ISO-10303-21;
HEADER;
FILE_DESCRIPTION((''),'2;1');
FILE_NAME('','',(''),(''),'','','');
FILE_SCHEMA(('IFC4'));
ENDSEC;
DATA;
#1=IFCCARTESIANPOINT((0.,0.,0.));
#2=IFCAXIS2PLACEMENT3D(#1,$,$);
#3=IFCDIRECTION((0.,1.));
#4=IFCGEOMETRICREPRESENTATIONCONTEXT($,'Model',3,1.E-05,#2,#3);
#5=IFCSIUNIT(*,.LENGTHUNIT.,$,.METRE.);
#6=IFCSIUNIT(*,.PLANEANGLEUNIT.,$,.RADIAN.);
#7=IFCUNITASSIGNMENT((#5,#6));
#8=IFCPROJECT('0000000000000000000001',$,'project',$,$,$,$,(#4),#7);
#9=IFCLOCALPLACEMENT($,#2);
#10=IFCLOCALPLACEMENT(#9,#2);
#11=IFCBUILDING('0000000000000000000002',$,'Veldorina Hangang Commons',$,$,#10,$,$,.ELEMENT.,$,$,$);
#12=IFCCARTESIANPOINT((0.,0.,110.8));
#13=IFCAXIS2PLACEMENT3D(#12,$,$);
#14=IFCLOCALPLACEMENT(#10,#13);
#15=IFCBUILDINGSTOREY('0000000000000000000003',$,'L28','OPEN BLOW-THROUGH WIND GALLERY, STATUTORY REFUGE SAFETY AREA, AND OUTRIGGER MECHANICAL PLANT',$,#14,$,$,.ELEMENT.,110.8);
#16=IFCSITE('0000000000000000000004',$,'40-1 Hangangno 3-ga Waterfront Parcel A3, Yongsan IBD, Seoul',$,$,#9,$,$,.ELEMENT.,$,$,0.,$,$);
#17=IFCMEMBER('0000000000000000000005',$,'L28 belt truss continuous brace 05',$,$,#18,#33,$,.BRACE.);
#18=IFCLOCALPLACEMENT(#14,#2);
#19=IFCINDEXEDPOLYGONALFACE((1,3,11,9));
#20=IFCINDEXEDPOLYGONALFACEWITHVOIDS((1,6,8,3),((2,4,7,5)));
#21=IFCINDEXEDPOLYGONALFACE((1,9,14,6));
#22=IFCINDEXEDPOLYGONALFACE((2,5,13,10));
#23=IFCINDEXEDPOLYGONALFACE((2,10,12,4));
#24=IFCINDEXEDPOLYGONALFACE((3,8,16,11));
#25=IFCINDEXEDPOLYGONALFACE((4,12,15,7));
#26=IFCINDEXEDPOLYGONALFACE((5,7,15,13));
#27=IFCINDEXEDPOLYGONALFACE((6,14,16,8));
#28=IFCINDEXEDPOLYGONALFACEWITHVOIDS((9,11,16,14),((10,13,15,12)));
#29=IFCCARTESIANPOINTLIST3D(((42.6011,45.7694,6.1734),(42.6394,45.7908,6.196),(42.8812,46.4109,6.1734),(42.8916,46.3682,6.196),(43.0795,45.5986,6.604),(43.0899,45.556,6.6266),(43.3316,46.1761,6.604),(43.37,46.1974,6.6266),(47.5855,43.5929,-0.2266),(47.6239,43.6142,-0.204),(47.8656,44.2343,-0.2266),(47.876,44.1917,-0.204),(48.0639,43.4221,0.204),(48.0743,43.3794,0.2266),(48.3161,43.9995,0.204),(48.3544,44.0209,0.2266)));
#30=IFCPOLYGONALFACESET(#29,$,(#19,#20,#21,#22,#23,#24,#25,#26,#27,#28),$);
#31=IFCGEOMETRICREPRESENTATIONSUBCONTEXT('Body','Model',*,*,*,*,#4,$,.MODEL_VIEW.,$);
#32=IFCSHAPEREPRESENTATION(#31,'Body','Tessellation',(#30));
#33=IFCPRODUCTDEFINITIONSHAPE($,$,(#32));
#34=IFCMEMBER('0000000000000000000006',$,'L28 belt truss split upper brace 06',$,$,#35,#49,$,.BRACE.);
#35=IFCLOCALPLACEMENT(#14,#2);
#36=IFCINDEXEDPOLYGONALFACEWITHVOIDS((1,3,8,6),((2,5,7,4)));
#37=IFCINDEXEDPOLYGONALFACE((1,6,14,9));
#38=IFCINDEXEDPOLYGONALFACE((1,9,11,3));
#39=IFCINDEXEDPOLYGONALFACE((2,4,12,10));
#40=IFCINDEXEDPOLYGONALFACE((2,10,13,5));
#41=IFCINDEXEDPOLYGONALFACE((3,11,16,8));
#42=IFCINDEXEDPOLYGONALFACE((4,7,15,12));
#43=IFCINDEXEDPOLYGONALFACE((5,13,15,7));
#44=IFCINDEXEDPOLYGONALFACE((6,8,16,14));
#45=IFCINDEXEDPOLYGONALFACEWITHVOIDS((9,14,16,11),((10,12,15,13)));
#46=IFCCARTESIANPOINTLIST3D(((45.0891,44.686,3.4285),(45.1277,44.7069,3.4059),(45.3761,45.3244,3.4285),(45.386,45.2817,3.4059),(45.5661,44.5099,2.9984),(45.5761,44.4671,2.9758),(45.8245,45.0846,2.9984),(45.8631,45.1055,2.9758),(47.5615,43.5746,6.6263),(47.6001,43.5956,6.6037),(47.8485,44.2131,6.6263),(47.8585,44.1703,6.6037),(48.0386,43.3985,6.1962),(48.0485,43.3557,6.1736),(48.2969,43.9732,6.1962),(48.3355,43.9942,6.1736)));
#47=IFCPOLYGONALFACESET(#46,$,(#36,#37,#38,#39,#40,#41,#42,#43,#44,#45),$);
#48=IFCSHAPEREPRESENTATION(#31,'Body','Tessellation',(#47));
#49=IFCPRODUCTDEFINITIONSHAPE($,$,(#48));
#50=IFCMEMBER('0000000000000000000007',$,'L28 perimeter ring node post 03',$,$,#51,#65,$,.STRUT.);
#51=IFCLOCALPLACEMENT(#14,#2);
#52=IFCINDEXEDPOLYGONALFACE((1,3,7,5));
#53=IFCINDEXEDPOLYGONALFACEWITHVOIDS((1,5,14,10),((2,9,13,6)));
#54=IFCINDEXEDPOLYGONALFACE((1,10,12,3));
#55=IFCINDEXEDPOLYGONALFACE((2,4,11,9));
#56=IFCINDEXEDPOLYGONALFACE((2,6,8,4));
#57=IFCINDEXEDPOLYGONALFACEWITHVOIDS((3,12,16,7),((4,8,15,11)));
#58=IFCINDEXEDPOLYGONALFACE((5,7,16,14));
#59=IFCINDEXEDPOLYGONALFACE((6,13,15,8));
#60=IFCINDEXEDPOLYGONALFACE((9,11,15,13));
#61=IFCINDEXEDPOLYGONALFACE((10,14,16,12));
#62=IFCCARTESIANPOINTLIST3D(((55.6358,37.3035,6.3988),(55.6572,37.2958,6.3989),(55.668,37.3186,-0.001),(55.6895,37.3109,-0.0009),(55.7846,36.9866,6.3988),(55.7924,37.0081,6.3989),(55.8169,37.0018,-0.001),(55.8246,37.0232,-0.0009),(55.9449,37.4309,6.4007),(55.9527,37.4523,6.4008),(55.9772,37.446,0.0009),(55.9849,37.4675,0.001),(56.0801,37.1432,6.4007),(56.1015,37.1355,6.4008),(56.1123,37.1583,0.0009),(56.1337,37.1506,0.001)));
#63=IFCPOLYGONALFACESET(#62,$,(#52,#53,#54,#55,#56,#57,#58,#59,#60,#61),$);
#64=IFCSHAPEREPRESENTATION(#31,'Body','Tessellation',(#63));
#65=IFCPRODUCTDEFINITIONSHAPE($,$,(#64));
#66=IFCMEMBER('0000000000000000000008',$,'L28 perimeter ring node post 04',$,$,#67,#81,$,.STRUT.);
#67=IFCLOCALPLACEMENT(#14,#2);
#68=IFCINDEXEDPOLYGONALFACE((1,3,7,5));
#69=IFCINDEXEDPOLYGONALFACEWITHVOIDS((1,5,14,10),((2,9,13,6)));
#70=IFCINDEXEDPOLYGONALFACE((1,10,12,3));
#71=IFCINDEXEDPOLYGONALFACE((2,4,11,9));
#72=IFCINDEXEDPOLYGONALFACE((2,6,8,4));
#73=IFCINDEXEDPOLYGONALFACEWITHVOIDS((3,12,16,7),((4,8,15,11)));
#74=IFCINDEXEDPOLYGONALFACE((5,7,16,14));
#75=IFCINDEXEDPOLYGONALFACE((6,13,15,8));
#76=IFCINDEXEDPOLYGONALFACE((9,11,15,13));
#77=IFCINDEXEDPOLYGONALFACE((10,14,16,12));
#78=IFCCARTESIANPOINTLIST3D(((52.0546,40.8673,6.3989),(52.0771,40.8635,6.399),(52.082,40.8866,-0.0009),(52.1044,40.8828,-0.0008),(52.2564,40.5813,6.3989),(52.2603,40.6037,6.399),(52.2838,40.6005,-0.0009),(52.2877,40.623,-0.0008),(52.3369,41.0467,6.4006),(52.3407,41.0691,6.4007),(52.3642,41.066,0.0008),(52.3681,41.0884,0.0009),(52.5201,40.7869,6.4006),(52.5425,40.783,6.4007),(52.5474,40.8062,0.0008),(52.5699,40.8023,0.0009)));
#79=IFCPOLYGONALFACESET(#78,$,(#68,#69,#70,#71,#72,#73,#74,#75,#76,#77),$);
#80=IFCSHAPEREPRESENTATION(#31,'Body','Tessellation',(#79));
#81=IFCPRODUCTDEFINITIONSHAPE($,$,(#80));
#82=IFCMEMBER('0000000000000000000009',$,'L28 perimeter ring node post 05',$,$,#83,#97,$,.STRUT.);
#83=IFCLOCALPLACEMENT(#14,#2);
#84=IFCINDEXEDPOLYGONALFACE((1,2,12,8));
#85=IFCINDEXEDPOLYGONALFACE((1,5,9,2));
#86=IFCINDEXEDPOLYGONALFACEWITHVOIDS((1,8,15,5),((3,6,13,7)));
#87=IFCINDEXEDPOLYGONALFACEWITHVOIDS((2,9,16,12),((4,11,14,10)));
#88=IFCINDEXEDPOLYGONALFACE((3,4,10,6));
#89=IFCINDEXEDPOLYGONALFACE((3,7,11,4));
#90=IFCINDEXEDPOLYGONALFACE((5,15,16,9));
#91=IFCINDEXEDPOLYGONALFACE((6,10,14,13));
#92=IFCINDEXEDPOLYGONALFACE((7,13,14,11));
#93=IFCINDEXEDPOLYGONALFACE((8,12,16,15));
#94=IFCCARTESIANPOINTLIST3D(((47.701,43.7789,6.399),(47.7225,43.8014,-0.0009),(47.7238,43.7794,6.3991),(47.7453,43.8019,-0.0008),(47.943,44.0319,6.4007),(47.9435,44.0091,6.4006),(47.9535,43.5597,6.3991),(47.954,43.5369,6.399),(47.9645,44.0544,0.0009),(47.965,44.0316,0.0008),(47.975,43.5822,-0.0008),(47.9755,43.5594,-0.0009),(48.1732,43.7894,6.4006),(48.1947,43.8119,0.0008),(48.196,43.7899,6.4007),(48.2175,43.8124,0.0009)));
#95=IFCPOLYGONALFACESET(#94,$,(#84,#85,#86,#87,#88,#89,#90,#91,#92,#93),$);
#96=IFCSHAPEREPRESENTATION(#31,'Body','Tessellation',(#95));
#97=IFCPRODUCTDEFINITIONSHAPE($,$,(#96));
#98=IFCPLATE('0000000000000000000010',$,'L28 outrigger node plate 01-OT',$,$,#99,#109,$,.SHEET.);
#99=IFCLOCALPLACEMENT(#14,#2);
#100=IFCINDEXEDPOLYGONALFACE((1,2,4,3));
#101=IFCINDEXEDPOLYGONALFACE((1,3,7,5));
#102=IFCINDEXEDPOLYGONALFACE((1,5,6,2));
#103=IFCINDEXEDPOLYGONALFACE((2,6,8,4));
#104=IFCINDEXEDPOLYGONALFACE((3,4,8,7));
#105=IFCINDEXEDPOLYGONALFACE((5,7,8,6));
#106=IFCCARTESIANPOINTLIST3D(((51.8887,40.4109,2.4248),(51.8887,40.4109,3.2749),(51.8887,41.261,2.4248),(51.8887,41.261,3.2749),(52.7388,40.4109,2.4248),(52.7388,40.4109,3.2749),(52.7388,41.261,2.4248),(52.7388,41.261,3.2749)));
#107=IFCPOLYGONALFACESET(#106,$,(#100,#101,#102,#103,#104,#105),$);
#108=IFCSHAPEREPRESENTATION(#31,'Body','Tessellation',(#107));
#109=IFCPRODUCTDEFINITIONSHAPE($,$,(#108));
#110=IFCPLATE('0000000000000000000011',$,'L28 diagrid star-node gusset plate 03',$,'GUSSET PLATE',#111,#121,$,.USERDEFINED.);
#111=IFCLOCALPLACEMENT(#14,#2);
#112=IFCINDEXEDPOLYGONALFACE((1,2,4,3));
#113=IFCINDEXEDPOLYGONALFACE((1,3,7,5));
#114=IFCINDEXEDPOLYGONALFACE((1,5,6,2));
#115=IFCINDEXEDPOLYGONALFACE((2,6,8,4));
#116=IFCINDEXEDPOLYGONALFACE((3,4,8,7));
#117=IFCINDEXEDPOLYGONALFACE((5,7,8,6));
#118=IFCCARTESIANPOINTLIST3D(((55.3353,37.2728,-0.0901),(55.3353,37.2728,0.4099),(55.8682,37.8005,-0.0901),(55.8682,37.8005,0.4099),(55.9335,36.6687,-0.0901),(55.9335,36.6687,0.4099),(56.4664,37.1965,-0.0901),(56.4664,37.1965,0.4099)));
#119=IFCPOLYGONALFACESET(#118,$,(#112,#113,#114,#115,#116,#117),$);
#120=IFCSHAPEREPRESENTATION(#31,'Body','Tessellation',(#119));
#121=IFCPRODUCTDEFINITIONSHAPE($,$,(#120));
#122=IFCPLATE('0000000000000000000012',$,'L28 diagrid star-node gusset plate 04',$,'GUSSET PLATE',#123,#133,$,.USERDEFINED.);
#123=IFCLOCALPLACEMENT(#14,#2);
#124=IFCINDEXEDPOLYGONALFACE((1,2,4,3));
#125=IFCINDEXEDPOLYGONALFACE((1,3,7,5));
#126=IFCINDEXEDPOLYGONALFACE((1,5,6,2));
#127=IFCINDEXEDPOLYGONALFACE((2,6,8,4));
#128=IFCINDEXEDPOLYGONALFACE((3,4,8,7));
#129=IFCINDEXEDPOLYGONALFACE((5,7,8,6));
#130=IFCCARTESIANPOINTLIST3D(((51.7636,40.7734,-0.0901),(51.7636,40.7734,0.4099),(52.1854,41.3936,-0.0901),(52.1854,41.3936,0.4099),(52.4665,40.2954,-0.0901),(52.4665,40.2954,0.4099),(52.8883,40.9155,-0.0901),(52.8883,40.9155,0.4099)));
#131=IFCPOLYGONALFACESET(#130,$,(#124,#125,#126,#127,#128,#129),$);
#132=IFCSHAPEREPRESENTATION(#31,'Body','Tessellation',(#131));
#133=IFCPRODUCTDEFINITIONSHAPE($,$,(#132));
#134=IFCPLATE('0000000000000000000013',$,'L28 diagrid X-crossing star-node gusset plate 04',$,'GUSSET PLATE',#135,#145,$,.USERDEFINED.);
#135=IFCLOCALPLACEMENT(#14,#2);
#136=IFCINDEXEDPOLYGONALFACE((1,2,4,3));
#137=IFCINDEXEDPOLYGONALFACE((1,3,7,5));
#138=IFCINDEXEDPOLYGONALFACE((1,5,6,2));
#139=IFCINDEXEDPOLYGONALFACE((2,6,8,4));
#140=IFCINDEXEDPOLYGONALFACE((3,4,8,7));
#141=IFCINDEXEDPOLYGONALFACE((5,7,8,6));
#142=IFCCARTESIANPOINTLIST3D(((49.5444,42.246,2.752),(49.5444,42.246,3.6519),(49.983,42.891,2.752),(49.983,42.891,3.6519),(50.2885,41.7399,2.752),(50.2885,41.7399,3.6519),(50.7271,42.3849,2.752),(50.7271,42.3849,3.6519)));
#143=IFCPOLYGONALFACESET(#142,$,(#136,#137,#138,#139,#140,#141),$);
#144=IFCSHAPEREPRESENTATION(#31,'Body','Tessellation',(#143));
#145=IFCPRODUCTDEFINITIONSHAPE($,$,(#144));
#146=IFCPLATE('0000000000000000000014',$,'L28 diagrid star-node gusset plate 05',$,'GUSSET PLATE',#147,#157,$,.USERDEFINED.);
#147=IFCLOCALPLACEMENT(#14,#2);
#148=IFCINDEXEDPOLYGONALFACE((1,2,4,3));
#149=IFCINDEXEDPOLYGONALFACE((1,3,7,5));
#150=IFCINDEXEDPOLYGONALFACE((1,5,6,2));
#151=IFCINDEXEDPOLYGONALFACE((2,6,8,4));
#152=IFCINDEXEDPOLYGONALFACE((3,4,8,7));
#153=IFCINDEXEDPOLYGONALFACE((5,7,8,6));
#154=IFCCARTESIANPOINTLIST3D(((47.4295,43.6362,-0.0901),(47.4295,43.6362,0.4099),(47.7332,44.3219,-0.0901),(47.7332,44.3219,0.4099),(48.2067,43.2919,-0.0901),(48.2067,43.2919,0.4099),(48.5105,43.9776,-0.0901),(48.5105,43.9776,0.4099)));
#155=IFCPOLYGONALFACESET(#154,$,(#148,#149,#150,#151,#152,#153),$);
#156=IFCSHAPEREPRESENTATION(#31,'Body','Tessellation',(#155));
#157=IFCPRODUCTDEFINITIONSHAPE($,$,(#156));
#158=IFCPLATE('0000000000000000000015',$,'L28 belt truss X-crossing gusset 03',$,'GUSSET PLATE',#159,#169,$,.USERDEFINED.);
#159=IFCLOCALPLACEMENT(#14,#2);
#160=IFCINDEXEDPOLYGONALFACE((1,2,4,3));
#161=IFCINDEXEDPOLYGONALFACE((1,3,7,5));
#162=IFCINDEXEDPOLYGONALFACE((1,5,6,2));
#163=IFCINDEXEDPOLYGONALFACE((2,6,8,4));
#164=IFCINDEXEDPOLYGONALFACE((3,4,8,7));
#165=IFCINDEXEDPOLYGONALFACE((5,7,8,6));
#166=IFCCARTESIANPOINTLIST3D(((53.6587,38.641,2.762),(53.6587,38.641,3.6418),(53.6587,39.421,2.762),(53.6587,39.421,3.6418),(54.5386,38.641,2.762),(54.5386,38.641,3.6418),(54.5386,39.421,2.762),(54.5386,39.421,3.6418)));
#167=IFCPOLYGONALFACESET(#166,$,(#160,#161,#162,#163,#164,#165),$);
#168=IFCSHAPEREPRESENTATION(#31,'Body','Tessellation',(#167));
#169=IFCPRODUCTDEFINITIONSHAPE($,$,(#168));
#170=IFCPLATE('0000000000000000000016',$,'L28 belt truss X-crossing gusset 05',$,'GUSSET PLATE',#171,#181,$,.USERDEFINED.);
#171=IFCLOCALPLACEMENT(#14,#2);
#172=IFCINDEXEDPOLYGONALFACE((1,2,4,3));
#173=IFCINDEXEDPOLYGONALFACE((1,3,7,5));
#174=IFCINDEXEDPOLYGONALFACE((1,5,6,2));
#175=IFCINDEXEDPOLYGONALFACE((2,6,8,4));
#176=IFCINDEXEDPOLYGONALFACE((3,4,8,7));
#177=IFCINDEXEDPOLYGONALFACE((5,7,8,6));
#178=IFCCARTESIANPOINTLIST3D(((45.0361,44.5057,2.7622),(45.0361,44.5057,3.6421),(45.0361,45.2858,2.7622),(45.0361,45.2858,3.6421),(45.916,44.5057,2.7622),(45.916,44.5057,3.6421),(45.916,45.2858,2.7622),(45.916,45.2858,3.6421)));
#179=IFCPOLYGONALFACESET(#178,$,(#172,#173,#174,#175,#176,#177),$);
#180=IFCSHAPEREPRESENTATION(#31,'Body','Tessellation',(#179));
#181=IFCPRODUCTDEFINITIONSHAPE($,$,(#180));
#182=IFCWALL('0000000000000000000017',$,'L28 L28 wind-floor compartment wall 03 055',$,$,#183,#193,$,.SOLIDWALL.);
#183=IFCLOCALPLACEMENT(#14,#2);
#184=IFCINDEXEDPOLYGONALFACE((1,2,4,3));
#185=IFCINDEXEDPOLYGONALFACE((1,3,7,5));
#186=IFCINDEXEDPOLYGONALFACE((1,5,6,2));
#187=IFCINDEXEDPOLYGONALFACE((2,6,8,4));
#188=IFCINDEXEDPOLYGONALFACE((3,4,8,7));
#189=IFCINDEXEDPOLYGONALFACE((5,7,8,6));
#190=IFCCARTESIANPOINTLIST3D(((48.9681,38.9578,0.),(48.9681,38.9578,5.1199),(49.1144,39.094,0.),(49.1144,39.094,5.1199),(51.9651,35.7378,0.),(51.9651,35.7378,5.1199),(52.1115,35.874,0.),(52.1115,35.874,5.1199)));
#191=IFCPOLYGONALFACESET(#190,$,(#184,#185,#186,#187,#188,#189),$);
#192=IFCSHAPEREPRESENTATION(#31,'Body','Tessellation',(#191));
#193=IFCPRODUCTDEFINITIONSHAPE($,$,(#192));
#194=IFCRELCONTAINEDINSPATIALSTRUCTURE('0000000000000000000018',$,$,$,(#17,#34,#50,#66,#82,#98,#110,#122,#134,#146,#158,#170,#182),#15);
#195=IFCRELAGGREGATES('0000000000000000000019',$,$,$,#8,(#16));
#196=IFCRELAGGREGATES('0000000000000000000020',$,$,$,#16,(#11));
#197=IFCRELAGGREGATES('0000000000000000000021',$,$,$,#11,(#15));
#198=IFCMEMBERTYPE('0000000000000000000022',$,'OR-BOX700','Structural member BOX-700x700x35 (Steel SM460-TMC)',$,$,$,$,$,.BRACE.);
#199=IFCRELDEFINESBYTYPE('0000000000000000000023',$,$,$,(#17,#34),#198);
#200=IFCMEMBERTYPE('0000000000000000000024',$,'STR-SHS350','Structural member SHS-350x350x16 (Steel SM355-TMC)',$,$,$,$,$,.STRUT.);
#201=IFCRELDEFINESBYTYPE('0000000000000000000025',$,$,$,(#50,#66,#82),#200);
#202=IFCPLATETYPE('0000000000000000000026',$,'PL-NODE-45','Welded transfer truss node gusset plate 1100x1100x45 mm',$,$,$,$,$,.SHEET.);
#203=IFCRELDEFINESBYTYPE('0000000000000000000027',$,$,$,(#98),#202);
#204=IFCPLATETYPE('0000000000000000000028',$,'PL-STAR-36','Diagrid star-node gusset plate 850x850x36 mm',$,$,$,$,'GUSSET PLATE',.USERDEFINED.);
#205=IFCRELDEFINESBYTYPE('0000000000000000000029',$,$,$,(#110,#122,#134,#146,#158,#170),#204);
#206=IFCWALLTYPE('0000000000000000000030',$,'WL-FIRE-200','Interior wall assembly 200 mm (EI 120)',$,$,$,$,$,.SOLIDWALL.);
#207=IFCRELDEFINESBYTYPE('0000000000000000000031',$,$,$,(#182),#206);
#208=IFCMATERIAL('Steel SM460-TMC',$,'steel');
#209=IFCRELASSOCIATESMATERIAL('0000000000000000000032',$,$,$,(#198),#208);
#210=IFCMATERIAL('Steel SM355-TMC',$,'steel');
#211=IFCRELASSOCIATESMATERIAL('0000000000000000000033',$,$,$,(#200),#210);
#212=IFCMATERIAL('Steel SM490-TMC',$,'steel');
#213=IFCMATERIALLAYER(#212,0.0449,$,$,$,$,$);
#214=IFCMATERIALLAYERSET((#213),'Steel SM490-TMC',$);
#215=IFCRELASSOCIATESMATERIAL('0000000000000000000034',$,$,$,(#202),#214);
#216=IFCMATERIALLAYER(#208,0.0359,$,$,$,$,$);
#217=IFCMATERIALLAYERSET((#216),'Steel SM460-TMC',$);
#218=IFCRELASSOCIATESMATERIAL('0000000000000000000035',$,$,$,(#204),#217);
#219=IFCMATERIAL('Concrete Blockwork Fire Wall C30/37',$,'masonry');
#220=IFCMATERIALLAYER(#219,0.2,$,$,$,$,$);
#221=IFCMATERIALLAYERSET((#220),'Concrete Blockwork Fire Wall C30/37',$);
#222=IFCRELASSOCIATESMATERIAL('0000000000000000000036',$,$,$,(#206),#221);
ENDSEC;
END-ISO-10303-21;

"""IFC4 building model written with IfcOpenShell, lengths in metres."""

from ifc_helpers import new_model, si_unit, direction, frame, frame_2d, origin, origin_2d, place, context, subcontext, project, spatial, rectangle, hollow_rectangle, extrude, material, layer, layer_set, material_profile, profile_set, type_object, element, save


model = new_model("IFC4")

# Units and contexts
model_context = context("Model", 3, precision=1e-05, world=origin(), true_north=direction((0.0, 1.0)))
body_context = subcontext(model_context, "Body", "Model", "MODEL_VIEW")
ifc_project = project(units=[si_unit("LENGTHUNIT", "METRE"), si_unit("PLANEANGLEUNIT", "RADIAN")], contexts=[model_context])

# Site, building, storey
site_placement = place(None, origin())
site = spatial("IfcSite", under=ifc_project, at=site_placement, Name="40-1 Hangangno 3-ga Waterfront Parcel A3, Yongsan IBD, Seoul", CompositionType="ELEMENT", RefElevation=0.0)
building_placement = place(site_placement, origin())
building = spatial("IfcBuilding", under=site, at=building_placement, Name="Veldorina Hangang Commons", CompositionType="ELEMENT")
storey_placement = place(building_placement, frame((0.0, 0.0, 110.8)))
storey = spatial("IfcBuildingStorey", under=building, at=storey_placement, Name="L28", Description="OPEN BLOW-THROUGH WIND GALLERY, STATUTORY REFUGE SAFETY AREA, AND OUTRIGGER MECHANICAL PLANT", CompositionType="ELEMENT", Elevation=110.8)

# Shared definitions
ifc_material_1 = material(Name="Steel SM460-TMC", Category="steel")
ifc_material_2 = material(Name="Steel SM355-TMC", Category="steel")

# Members
ifc_material_profile_1 = material_profile(ifc_material_1, hollow_rectangle(XDim=0.7, YDim=0.7, WallThickness=0.0349, at=origin_2d()), Name="BOX-700x700x35")
ifc_profile_set_1 = profile_set([ifc_material_profile_1], Name="Steel SM460-TMC")
member_type_1 = type_object("IfcMemberType", Name="OR-BOX700", Description="Structural member BOX-700x700x35 (Steel SM460-TMC)", PredefinedType="BRACE", material=ifc_profile_set_1)
member_1_placement = place(storey_placement, frame((47.97, 43.8069, 0.0), z_axis=(-0.593462, 0.259146, 0.762001), x_axis=(-0.400178, -0.916437, 0.0)))
element("IfcMember", 1, at=member_1_placement, inside=storey, type_object=member_type_1, Name="L28 belt truss continuous brace 05", PredefinedType="BRACE", context=body_context, shape_type="SweptSolid", body=[
    extrude(hollow_rectangle(XDim=0.7, YDim=0.7, WallThickness=0.0349, at=origin_2d()), origin(), (0.0, 0.0, 1.0), 8.3989),
])
member_2_placement = place(storey_placement, frame((45.4761, 44.8958, 3.2021), z_axis=(0.589782, -0.265102, 0.762809), x_axis=(0.409979, 0.912095, 0.0)))
element("IfcMember", 2, at=member_2_placement, inside=storey, type_object=member_type_1, Name="L28 belt truss split upper brace 06", PredefinedType="BRACE", context=body_context, shape_type="SweptSolid", body=[
    extrude(hollow_rectangle(XDim=0.7, YDim=0.7, WallThickness=0.0349, at=origin_2d()), origin(), (0.0, 0.0, 1.0), 4.1921),
])
ifc_material_profile_2 = material_profile(ifc_material_2, hollow_rectangle(XDim=0.3501, YDim=0.3501, WallThickness=0.0161, at=origin_2d()), Name="SHS-350x350x16")
ifc_profile_set_2 = profile_set([ifc_material_profile_2], Name="Steel SM355-TMC")
member_type_2 = type_object("IfcMemberType", Name="STR-SHS350", Description="Structural member SHS-350x350x16 (Steel SM355-TMC)", PredefinedType="STRUT", material=ifc_profile_set_2)
for number, where, z_axis, x_axis, name in (
    (3, (55.9009, 37.2346, 0.0), (-0.005035, -0.002365, 0.999985), (0.425136, -0.905129, 0.0), "L28 perimeter ring node post 03"),
    (4, (52.3259, 40.8445, 0.0), (-0.004272, -0.003014, 0.999986), (0.576397, -0.81717, 0.0), "L28 perimeter ring node post 04"),
    (5, (47.97, 43.8069, 0.0), (-0.003357, -0.00351, 0.999988), (0.722642, -0.691223, 0.0), "L28 perimeter ring node post 05"),
):
    element("IfcMember", number, at=place(storey_placement, frame(where, z_axis=z_axis, x_axis=x_axis)), inside=storey, type_object=member_type_2, Name=name, PredefinedType="STRUT", context=body_context, shape_type="SweptSolid", body=[
        extrude(hollow_rectangle(XDim=0.3501, YDim=0.3501, WallThickness=0.0161, at=origin_2d()), origin(), (0.0, 0.0, 1.0), 6.3999),
    ])

# Plates
ifc_material_3 = material(Name="Steel SM490-TMC", Category="steel")
ifc_layer_1 = layer(ifc_material_3, 0.0449)
ifc_layer_set_1 = layer_set([ifc_layer_1], Name="Steel SM490-TMC")
plate_type_1 = type_object("IfcPlateType", Name="PL-NODE-45", Description="Welded transfer truss node gusset plate 1100x1100x45 mm", PredefinedType="SHEET", material=ifc_layer_set_1)
plate_1_placement = place(storey_placement, frame((52.3137, 40.8359, 2.4248), z_axis=(0.0, 0.0, 1.0), x_axis=(1.0, 0.0, 0.0)))
element("IfcPlate", 6, at=plate_1_placement, inside=storey, type_object=plate_type_1, Name="L28 outrigger node plate 01-OT", PredefinedType="SHEET", context=body_context, shape_type="SweptSolid", body=[
    extrude(rectangle(XDim=0.8501, YDim=0.8501, at=origin_2d()), origin(), (0.0, 0.0, 1.0), 0.8501),
])
ifc_layer_2 = layer(ifc_material_1, 0.0359)
ifc_layer_set_2 = layer_set([ifc_layer_2], Name="Steel SM460-TMC")
plate_type_2 = type_object("IfcPlateType", Name="PL-STAR-36", Description="Diagrid star-node gusset plate 850x850x36 mm", ElementType="GUSSET PLATE", PredefinedType="USERDEFINED", material=ifc_layer_set_2)
for number, where, z_axis, x_axis, name in (
    (7, (55.9009, 37.2346, -0.0901), (0.0, 0.0, 1.0), (-0.703668, 0.710529, 0.0), "L28 diagrid star-node gusset plate 03"),
    (8, (52.3259, 40.8445, -0.0901), (0.0, 0.0, 1.0), (-0.826884, 0.562372, 0.0), "L28 diagrid star-node gusset plate 04"),
):
    element("IfcPlate", number, at=place(storey_placement, frame(where, z_axis=z_axis, x_axis=x_axis)), inside=storey, type_object=plate_type_2, Name=name, ObjectType="GUSSET PLATE", PredefinedType="USERDEFINED", context=body_context, shape_type="SweptSolid", body=[
        extrude(rectangle(XDim=0.8501, YDim=0.75, at=origin_2d()), origin(), (0.0, 0.0, 1.0), 0.5),
    ])
plate_2_placement = place(storey_placement, frame((50.1357, 42.3154, 2.752), z_axis=(0.0, 0.0, 1.0), x_axis=(-0.826884, 0.562372, 0.0)))
element("IfcPlate", 9, at=plate_2_placement, inside=storey, type_object=plate_type_2, Name="L28 diagrid X-crossing star-node gusset plate 04", ObjectType="GUSSET PLATE", PredefinedType="USERDEFINED", context=body_context, shape_type="SweptSolid", body=[
    extrude(rectangle(XDim=0.8999, YDim=0.78, at=origin_2d()), origin(), (0.0, 0.0, 1.0), 0.8999),
])
plate_3_placement = place(storey_placement, frame((47.97, 43.8069, -0.0901), z_axis=(0.0, 0.0, 1.0), x_axis=(-0.914311, 0.405014, 0.0)))
element("IfcPlate", 10, at=plate_3_placement, inside=storey, type_object=plate_type_2, Name="L28 diagrid star-node gusset plate 05", ObjectType="GUSSET PLATE", PredefinedType="USERDEFINED", context=body_context, shape_type="SweptSolid", body=[
    extrude(rectangle(XDim=0.8501, YDim=0.75, at=origin_2d()), origin(), (0.0, 0.0, 1.0), 0.5),
])
for number, where, z_axis, x_axis, name in (
    (11, (54.0986, 39.031, 2.762), (0.0, 0.0, 1.0), (1.0, 0.0, 0.0), "L28 belt truss X-crossing gusset 03"),
    (12, (45.4761, 44.8958, 2.7622), (0.0, 0.0, 1.0), (1.0, 0.0, 0.0), "L28 belt truss X-crossing gusset 05"),
):
    element("IfcPlate", number, at=place(storey_placement, frame(where, z_axis=z_axis, x_axis=x_axis)), inside=storey, type_object=plate_type_2, Name=name, ObjectType="GUSSET PLATE", PredefinedType="USERDEFINED", context=body_context, shape_type="SweptSolid", body=[
        extrude(rectangle(XDim=0.8799, YDim=0.78, at=origin_2d()), origin(), (0.0, 0.0, 1.0), 0.8799),
    ])

# Wall
ifc_material_4 = material(Name="Concrete Blockwork Fire Wall C30/37", Category="masonry")
ifc_layer_3 = layer(ifc_material_4, 0.2)
ifc_layer_set_3 = layer_set([ifc_layer_3], Name="Concrete Blockwork Fire Wall C30/37")
wall_type = type_object("IfcWallType", Name="WL-FIRE-200", Description="Interior wall assembly 200 mm (EI 120)", PredefinedType="SOLIDWALL", material=ifc_layer_set_3)
wall_1_placement = place(storey_placement, frame((52.0383, 35.8059, 0.0), z_axis=(0.0, 0.0, 1.0), x_axis=(-0.681317, 0.731988, 0.0)))
element("IfcWall", 13, at=wall_1_placement, inside=storey, type_object=wall_type, Name="L28 L28 wind-floor compartment wall 03 055", PredefinedType="SOLIDWALL", context=body_context, shape_type="SweptSolid", body=[
    extrude(rectangle(XDim=4.3989, YDim=0.2, at=frame_2d((2.1995, 0.0))), origin(), (0.0, 0.0, 1.0), 5.1199),
])

save(model, "model.ifc")
